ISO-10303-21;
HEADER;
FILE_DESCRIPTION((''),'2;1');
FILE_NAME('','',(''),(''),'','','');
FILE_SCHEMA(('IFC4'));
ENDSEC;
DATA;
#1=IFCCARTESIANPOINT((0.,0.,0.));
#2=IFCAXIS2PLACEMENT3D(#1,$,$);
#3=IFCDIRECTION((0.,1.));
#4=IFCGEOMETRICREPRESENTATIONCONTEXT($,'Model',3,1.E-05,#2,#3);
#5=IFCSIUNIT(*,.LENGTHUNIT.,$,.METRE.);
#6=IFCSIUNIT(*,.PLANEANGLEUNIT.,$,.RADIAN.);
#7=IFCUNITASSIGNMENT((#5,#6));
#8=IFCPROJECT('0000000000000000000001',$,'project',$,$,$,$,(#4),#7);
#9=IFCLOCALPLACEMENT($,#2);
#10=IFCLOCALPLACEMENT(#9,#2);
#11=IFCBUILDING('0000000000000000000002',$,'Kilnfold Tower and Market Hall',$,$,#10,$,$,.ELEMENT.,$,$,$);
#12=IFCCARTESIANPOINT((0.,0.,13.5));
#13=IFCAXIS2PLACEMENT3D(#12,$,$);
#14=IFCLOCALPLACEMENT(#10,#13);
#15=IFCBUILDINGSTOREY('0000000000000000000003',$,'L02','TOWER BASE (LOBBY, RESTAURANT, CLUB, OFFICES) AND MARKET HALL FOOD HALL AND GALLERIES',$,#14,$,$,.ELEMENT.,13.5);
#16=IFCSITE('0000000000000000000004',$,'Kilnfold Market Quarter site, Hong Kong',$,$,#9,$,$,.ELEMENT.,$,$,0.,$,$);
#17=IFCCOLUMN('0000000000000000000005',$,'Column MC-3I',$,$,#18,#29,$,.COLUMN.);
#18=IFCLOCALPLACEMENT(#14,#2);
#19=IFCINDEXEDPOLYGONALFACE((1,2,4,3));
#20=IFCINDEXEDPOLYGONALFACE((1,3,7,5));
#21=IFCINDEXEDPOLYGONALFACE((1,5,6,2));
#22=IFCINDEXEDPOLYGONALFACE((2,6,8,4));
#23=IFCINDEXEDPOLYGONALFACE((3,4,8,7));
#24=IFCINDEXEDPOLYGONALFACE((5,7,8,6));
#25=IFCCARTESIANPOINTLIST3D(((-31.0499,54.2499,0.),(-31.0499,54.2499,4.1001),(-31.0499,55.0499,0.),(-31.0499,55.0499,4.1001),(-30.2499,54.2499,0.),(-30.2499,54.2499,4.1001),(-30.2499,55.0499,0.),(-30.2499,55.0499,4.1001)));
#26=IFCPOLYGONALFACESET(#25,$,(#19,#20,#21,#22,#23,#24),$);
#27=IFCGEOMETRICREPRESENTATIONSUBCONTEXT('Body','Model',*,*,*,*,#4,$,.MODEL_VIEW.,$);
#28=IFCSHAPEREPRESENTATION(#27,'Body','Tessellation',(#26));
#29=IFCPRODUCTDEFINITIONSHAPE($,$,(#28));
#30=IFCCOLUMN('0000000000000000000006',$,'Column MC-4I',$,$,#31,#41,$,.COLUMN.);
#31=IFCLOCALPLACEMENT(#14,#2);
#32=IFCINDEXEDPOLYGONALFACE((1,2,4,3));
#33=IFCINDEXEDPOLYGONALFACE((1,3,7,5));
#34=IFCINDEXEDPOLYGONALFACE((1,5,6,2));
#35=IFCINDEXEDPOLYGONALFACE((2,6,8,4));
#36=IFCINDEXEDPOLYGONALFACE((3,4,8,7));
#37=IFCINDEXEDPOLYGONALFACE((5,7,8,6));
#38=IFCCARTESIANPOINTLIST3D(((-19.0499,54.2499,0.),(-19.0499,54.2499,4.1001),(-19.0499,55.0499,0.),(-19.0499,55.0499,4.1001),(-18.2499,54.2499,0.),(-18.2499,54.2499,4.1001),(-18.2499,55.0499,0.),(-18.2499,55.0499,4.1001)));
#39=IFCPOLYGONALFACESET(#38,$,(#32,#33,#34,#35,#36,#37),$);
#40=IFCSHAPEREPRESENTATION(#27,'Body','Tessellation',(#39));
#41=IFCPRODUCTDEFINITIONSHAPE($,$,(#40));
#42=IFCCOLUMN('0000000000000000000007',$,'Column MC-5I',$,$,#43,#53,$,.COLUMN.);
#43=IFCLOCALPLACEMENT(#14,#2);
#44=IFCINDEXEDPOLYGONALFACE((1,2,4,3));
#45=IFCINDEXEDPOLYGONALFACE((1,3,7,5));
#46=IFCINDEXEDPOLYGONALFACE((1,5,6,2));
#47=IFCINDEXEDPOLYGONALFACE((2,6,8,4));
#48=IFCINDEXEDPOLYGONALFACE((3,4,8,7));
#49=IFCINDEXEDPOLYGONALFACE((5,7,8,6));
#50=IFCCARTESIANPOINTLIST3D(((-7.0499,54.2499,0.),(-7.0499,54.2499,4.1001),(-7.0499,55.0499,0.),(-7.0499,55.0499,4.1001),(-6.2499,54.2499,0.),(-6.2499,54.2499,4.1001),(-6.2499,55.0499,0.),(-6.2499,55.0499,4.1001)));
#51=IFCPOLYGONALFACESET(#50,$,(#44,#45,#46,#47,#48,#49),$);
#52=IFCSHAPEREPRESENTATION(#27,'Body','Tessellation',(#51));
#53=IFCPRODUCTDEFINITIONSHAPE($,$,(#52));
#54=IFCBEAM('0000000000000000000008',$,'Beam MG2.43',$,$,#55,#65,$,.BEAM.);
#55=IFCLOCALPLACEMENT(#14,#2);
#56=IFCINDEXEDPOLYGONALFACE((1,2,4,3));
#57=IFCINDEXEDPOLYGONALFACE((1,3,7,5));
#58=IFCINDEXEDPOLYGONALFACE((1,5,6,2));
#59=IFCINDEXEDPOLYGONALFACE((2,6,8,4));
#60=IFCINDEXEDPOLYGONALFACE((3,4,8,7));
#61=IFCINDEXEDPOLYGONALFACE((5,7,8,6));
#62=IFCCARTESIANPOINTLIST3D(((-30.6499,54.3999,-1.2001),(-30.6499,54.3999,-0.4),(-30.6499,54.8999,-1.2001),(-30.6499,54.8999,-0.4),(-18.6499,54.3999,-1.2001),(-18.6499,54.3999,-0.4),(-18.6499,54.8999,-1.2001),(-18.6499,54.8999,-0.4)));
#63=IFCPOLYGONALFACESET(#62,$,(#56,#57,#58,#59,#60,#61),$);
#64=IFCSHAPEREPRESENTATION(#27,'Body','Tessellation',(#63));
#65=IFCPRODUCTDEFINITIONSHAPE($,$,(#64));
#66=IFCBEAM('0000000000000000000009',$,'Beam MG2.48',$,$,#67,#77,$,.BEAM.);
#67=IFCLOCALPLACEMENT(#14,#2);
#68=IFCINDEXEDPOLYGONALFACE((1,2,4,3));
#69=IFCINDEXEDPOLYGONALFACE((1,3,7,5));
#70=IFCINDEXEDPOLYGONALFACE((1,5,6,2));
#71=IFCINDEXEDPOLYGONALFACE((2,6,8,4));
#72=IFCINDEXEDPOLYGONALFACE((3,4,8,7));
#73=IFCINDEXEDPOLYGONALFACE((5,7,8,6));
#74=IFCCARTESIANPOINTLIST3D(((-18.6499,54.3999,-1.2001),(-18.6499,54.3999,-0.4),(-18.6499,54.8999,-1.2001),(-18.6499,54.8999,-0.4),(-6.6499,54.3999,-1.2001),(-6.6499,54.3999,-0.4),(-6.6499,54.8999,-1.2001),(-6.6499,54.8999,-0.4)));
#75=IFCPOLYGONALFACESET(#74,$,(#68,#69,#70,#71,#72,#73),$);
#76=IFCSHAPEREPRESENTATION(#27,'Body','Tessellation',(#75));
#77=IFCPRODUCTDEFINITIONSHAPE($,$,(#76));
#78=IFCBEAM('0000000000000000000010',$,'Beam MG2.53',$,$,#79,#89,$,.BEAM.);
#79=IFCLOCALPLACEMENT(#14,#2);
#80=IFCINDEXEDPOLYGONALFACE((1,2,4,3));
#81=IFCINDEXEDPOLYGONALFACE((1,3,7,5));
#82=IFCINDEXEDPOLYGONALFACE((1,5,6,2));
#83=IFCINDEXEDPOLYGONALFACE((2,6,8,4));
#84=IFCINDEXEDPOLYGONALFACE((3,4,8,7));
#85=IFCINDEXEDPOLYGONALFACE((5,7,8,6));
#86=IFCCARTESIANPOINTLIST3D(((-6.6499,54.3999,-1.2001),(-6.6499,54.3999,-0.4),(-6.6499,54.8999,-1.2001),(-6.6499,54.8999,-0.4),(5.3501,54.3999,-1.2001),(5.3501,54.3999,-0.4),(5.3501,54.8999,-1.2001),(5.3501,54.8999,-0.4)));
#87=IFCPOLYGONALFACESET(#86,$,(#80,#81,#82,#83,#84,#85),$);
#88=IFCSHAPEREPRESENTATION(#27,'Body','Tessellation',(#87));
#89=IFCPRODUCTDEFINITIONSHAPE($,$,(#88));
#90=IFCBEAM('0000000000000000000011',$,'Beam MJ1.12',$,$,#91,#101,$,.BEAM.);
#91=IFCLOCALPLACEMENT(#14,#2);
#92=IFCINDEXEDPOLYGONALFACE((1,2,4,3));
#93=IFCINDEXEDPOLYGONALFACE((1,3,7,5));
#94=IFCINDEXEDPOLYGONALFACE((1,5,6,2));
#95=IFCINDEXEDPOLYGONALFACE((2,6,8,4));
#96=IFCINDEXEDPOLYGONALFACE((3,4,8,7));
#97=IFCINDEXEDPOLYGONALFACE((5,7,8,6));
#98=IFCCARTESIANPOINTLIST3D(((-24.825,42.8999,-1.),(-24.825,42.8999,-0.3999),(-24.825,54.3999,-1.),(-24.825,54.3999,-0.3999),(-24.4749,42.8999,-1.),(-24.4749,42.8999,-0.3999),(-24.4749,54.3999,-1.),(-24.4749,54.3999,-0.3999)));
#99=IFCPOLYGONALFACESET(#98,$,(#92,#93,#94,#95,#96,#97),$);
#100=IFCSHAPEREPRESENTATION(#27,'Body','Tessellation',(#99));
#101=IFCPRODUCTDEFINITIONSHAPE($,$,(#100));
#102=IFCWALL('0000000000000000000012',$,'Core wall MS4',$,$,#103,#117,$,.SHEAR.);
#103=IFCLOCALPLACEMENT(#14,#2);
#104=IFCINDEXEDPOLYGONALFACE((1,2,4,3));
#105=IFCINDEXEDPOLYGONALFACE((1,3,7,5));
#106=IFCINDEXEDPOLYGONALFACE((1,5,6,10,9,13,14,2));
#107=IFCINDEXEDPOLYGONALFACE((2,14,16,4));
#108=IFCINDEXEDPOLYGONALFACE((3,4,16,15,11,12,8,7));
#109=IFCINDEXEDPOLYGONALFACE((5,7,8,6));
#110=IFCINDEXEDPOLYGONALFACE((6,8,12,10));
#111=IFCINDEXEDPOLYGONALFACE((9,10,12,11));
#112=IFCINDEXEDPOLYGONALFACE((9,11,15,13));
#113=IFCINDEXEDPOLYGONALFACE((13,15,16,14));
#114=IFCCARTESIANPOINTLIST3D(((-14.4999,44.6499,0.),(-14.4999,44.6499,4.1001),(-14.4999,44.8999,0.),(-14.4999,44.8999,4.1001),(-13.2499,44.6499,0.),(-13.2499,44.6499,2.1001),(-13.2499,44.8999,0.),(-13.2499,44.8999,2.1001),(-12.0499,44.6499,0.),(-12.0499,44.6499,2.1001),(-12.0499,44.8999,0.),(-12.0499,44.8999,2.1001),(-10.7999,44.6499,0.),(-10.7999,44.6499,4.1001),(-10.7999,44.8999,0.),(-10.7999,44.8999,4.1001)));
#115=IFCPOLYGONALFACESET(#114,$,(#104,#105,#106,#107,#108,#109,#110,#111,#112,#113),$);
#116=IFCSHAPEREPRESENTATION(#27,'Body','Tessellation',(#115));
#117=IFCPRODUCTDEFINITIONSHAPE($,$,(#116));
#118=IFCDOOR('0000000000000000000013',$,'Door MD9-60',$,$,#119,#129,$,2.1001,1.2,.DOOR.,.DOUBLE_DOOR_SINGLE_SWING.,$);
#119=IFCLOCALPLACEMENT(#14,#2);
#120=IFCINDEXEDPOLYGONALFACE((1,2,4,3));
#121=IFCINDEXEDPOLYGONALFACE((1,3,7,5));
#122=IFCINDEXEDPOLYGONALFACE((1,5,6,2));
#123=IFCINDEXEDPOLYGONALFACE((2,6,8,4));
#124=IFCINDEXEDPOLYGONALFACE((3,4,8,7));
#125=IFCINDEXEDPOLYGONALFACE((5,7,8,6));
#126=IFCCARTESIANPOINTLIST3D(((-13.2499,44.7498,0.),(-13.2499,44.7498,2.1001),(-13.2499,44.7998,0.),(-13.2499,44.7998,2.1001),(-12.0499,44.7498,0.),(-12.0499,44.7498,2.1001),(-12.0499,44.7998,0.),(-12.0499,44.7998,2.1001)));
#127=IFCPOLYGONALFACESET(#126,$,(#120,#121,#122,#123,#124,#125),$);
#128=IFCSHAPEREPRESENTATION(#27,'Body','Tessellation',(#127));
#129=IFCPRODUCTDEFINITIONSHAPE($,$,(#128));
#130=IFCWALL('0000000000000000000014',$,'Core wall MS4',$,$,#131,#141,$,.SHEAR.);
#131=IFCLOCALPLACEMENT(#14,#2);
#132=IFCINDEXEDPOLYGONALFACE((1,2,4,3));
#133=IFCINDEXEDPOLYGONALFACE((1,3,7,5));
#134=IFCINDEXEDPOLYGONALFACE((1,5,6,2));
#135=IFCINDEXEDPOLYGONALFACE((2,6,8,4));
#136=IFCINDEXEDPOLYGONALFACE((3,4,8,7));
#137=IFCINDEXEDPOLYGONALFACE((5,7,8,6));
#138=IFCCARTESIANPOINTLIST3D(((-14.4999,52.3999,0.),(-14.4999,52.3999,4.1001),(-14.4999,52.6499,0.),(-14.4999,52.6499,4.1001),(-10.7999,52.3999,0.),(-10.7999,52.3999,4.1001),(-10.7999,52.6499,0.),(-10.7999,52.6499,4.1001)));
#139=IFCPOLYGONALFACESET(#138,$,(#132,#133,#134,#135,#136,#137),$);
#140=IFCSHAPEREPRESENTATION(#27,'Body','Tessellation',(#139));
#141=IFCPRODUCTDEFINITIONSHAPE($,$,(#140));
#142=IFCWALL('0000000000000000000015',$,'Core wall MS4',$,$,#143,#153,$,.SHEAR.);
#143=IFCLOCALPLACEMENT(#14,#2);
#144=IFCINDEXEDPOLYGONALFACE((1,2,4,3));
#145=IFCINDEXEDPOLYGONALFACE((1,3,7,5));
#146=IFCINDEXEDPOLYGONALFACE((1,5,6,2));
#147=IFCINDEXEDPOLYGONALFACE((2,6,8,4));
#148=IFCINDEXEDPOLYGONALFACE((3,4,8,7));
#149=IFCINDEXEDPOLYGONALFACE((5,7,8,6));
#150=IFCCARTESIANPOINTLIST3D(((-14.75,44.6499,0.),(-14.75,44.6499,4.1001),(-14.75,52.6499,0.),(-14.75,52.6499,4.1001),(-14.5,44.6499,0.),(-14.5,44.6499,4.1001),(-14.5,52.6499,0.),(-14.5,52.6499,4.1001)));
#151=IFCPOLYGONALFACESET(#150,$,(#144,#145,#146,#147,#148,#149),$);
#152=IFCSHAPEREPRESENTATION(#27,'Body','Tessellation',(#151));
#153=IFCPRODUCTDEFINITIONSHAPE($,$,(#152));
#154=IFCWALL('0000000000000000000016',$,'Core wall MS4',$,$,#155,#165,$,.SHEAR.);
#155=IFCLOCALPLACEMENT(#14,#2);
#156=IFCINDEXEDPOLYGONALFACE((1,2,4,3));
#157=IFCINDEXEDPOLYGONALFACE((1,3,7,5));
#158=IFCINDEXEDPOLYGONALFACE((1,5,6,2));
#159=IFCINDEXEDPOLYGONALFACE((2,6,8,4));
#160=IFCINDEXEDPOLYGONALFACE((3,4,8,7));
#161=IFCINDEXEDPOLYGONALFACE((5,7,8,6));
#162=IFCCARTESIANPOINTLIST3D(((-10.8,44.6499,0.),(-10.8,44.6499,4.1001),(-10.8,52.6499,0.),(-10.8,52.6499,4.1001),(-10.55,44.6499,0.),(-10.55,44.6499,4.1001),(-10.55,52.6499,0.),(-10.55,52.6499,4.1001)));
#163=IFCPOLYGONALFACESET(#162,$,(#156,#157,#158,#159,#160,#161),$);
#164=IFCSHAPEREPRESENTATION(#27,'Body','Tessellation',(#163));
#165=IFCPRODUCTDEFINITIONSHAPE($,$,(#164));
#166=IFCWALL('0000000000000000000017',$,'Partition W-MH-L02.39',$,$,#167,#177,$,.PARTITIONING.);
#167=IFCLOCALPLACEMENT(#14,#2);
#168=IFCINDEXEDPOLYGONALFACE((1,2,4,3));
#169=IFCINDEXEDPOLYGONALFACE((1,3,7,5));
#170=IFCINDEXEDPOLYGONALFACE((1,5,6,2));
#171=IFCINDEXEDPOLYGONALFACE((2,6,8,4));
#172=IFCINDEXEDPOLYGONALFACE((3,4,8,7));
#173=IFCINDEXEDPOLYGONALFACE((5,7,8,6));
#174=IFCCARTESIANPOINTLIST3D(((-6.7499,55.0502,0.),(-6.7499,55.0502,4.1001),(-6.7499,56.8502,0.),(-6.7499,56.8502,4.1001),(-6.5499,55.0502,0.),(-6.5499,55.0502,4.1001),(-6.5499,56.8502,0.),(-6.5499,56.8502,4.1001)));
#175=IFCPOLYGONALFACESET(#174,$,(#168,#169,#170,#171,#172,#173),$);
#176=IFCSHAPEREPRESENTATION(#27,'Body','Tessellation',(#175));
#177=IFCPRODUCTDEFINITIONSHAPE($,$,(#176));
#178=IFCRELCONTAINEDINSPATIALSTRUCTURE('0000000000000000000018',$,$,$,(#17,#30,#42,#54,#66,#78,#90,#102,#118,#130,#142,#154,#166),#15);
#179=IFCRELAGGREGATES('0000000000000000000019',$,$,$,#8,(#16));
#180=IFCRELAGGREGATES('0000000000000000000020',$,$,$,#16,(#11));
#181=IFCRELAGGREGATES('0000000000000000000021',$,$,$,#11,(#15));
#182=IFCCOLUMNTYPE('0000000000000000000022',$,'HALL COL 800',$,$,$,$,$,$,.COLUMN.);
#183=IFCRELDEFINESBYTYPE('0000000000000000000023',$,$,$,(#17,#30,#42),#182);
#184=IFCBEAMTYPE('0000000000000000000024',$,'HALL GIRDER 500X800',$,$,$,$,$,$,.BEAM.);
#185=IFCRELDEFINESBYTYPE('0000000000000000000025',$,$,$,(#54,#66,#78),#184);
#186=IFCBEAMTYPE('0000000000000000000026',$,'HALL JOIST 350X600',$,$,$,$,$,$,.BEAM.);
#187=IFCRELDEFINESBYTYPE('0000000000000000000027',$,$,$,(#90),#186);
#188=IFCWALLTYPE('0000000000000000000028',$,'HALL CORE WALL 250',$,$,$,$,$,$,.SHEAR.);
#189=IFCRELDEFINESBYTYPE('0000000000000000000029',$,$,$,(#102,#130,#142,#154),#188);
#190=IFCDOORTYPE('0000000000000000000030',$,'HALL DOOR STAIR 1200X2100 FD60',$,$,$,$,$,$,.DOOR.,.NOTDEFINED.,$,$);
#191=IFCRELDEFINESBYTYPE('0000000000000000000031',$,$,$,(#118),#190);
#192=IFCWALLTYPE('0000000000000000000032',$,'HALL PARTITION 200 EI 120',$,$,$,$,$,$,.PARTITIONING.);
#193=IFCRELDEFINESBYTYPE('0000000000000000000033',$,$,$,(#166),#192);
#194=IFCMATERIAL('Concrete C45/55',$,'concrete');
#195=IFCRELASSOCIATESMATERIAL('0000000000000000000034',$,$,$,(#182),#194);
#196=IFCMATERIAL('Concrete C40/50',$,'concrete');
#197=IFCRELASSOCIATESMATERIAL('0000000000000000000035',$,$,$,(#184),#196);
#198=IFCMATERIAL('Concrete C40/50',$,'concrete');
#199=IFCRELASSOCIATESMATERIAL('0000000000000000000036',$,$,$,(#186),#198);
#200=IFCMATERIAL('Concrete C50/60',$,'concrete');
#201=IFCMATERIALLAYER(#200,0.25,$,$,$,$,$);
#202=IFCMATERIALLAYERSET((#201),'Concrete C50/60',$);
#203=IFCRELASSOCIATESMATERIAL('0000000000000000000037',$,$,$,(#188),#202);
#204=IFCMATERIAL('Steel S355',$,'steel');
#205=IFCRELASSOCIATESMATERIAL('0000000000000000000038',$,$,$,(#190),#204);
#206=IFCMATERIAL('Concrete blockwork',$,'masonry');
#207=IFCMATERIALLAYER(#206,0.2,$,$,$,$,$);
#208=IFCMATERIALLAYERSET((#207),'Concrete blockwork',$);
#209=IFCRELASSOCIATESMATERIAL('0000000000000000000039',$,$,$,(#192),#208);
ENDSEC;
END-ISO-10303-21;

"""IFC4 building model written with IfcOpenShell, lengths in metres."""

from ifc_helpers import new_model, si_unit, direction, frame, frame_2d, origin, origin_2d, place, context, subcontext, project, spatial, rectangle, extrude, source, transform, mapped, material, layer, layer_set, material_profile, profile_set, type_object, element, fill, save


model = new_model("IFC4")

# Units and contexts
model_context = context("Model", 3, precision=1e-05, world=origin(), true_north=direction((0.0, 1.0)))
body_context = subcontext(model_context, "Body", "Model", "MODEL_VIEW")
ifc_project = project(units=[si_unit("LENGTHUNIT", "METRE"), si_unit("PLANEANGLEUNIT", "RADIAN")], contexts=[model_context])

# Site, building, storey
site_placement = place(None, origin())
site = spatial("IfcSite", under=ifc_project, at=site_placement, Name="Kilnfold Market Quarter site, Hong Kong", CompositionType="ELEMENT", RefElevation=0.0)
building_placement = place(site_placement, origin())
building = spatial("IfcBuilding", under=site, at=building_placement, Name="Kilnfold Tower and Market Hall", CompositionType="ELEMENT")
storey_placement = place(building_placement, frame((0.0, 0.0, 13.5)))
storey = spatial("IfcBuildingStorey", under=building, at=storey_placement, Name="L02", Description="TOWER BASE (LOBBY, RESTAURANT, CLUB, OFFICES) AND MARKET HALL FOOD HALL AND GALLERIES", CompositionType="ELEMENT", Elevation=13.5)

# Columns
ifc_material_1 = material(Name="Concrete C45/55", Category="concrete")
ifc_material_profile_1 = material_profile(ifc_material_1, rectangle(XDim=0.8, YDim=0.8, at=origin_2d()), Name="RC 800x800")
ifc_profile_set_1 = profile_set([ifc_material_profile_1], Name="Concrete C45/55")
column_type = type_object("IfcColumnType", Name="HALL COL 800", PredefinedType="COLUMN", material=ifc_profile_set_1)
shared_shape_1 = source(origin(), body_context, "Body", "SweptSolid", [
    extrude(rectangle(XDim=0.8, YDim=0.8, at=origin_2d()), origin(), (0.0, 0.0, 1.0), 4.1001),
])
for number, where, z_axis, x_axis, name in (
    (1, (-30.6499, 54.6499, 0.0), (0.0, 0.0, 1.0), (1.0, 0.0, 0.0), "Column MC-3I"),
    (2, (-18.6499, 54.6499, 0.0), (0.0, 0.0, 1.0), (1.0, 0.0, 0.0), "Column MC-4I"),
    (3, (-6.6499, 54.6499, 0.0), (0.0, 0.0, 1.0), (1.0, 0.0, 0.0), "Column MC-5I"),
):
    element("IfcColumn", number, at=place(storey_placement, frame(where, z_axis=z_axis, x_axis=x_axis)), inside=storey, type_object=column_type, Name=name, PredefinedType="COLUMN", context=body_context, shape_type="MappedRepresentation", body=[
        mapped(shared_shape_1, transform((0.0, 0.0, 0.0))),
    ])

# Beams
ifc_material_2 = material(Name="Concrete C40/50", Category="concrete")
ifc_material_profile_2 = material_profile(ifc_material_2, rectangle(XDim=0.5, YDim=0.8, at=origin_2d()), Name="RC 500x800")
ifc_profile_set_2 = profile_set([ifc_material_profile_2], Name="Concrete C40/50")
beam_type_1 = type_object("IfcBeamType", Name="HALL GIRDER 500X800", PredefinedType="BEAM", material=ifc_profile_set_2)
for number, where, z_axis, x_axis, name in (
    (4, (-30.6499, 54.6499, -0.8), (1.0, 0.0, 0.0), (0.0, 1.0, 0.0), "Beam MG2.43"),
    (5, (-18.6499, 54.6499, -0.8), (1.0, 0.0, 0.0), (0.0, 1.0, 0.0), "Beam MG2.48"),
    (6, (-6.6499, 54.6499, -0.8), (1.0, 0.0, 0.0), (0.0, 1.0, 0.0), "Beam MG2.53"),
):
    element("IfcBeam", number, at=place(storey_placement, frame(where, z_axis=z_axis, x_axis=x_axis)), inside=storey, type_object=beam_type_1, Name=name, PredefinedType="BEAM", context=body_context, shape_type="SweptSolid", body=[
        extrude(rectangle(XDim=0.5, YDim=0.8, at=origin_2d()), origin(), (0.0, 0.0, 1.0), 12.0),
    ])
ifc_material_3 = material(Name="Concrete C40/50", Category="concrete")
ifc_material_profile_3 = material_profile(ifc_material_3, rectangle(XDim=0.3501, YDim=0.6001, at=origin_2d()), Name="RC 350x600")
ifc_profile_set_3 = profile_set([ifc_material_profile_3], Name="Concrete C40/50")
beam_type_2 = type_object("IfcBeamType", Name="HALL JOIST 350X600", PredefinedType="BEAM", material=ifc_profile_set_3)
beam_placement = place(storey_placement, frame((-24.6499, 42.8999, -0.7), z_axis=(0.0, 1.0, 0.0), x_axis=(-1.0, 0.0, 0.0)))
element("IfcBeam", 7, at=beam_placement, inside=storey, type_object=beam_type_2, Name="Beam MJ1.12", PredefinedType="BEAM", context=body_context, shape_type="SweptSolid", body=[
    extrude(rectangle(XDim=0.3501, YDim=0.6001, at=origin_2d()), origin(), (0.0, 0.0, 1.0), 11.5),
])

# Wall, opening, door
ifc_material_4 = material(Name="Concrete C50/60", Category="concrete")
ifc_layer_1 = layer(ifc_material_4, 0.25)
ifc_layer_set_1 = layer_set([ifc_layer_1], Name="Concrete C50/60")
wall_type_1 = type_object("IfcWallType", Name="HALL CORE WALL 250", PredefinedType="SHEAR", material=ifc_layer_set_1)
shared_shape_2 = source(origin(), body_context, "Body", "SweptSolid", [
    extrude(rectangle(XDim=3.7, YDim=0.25, at=frame_2d((1.8501, 0.0))), origin(), (0.0, 0.0, 1.0), 4.1001),
])
wall_1_placement = place(storey_placement, frame((-14.5, 44.7749, 0.0), z_axis=(0.0, 0.0, 1.0), x_axis=(1.0, 0.0, 0.0)))
wall_1 = element("IfcWall", 8, at=wall_1_placement, inside=storey, type_object=wall_type_1, Name="Core wall MS4", PredefinedType="SHEAR", context=body_context, shape_type="MappedRepresentation", body=[
    mapped(shared_shape_2, transform((0.0, 0.0, 0.0))),
])
opening_1_placement = place(wall_1_placement, frame((1.25, 0.0, 0.0)))
opening_1 = element("IfcOpeningElement", 9, at=opening_1_placement, cuts=wall_1, PredefinedType="OPENING", context=body_context, shape_type="SweptSolid", body=[
    extrude(rectangle(XDim=1.2, YDim=2.1001, at=frame_2d((0.6001, 1.05))), frame((0.0, 0.135, 0.0), z_axis=(0.0, -1.0, 0.0), x_axis=(1.0, 0.0, 0.0)), (0.0, 0.0, 1.0), 0.27),
])
ifc_material_5 = material(Name="Steel S355", Category="steel")
door_type_1 = type_object("IfcDoorType", Name="HALL DOOR STAIR 1200X2100 FD60", OperationType="NOTDEFINED", PredefinedType="DOOR", material=ifc_material_5)
door_1_placement = place(opening_1_placement, origin())
door_1 = element("IfcDoor", 10, at=door_1_placement, inside=storey, type_object=door_type_1, Name="Door MD9-60", OperationType="DOUBLE_DOOR_SINGLE_SWING", OverallHeight=2.1001, OverallWidth=1.2, PredefinedType="DOOR", context=body_context, shape_type="SweptSolid", body=[
    extrude(rectangle(XDim=1.2, YDim=2.1001, at=frame_2d((0.6001, 1.05))), frame((0.0, 0.0249, 0.0), z_axis=(0.0, -1.0, 0.0), x_axis=(1.0, 0.0, 0.0)), (0.0, 0.0, 1.0), 0.05),
])
fill(opening_1, door_1)

# Walls
wall_2_placement = place(storey_placement, frame((-14.5, 52.5249, 0.0), z_axis=(0.0, 0.0, 1.0), x_axis=(1.0, 0.0, 0.0)))
element("IfcWall", 11, at=wall_2_placement, inside=storey, type_object=wall_type_1, Name="Core wall MS4", PredefinedType="SHEAR", context=body_context, shape_type="MappedRepresentation", body=[
    mapped(shared_shape_2, transform((0.0, 0.0, 0.0))),
])
shared_shape_3 = source(origin(), body_context, "Body", "SweptSolid", [
    extrude(rectangle(XDim=8.0, YDim=0.25, at=frame_2d((4.0, 0.0))), origin(), (0.0, 0.0, 1.0), 4.1001),
])
for number, where, z_axis, x_axis, name in (
    (12, (-14.625, 44.6499, 0.0), (0.0, 0.0, 1.0), (0.0, 1.0, 0.0), "Core wall MS4"),
    (13, (-10.675, 44.6499, 0.0), (0.0, 0.0, 1.0), (0.0, 1.0, 0.0), "Core wall MS4"),
):
    element("IfcWall", number, at=place(storey_placement, frame(where, z_axis=z_axis, x_axis=x_axis)), inside=storey, type_object=wall_type_1, Name=name, PredefinedType="SHEAR", context=body_context, shape_type="MappedRepresentation", body=[
        mapped(shared_shape_3, transform((0.0, 0.0, 0.0))),
    ])
ifc_material_6 = material(Name="Concrete blockwork", Category="masonry")
ifc_layer_2 = layer(ifc_material_6, 0.2)
ifc_layer_set_2 = layer_set([ifc_layer_2], Name="Concrete blockwork")
wall_type_2 = type_object("IfcWallType", Name="HALL PARTITION 200 EI 120", PredefinedType="PARTITIONING", material=ifc_layer_set_2)
shared_shape_4 = source(origin(), body_context, "Body", "SweptSolid", [
    extrude(rectangle(XDim=1.8, YDim=0.2, at=frame_2d((0.8999, 0.0))), origin(), (0.0, 0.0, 1.0), 4.1001),
])
wall_3_placement = place(storey_placement, frame((-6.6499, 56.8501, 0.0), z_axis=(0.0, 0.0, 1.0), x_axis=(0.0, -1.0, 0.0)))
element("IfcWall", 14, at=wall_3_placement, inside=storey, type_object=wall_type_2, Name="Partition W-MH-L02.39", PredefinedType="PARTITIONING", context=body_context, shape_type="MappedRepresentation", body=[
    mapped(shared_shape_4, transform((0.0, 0.0, 0.0))),
])

save(model, "model.ifc")
